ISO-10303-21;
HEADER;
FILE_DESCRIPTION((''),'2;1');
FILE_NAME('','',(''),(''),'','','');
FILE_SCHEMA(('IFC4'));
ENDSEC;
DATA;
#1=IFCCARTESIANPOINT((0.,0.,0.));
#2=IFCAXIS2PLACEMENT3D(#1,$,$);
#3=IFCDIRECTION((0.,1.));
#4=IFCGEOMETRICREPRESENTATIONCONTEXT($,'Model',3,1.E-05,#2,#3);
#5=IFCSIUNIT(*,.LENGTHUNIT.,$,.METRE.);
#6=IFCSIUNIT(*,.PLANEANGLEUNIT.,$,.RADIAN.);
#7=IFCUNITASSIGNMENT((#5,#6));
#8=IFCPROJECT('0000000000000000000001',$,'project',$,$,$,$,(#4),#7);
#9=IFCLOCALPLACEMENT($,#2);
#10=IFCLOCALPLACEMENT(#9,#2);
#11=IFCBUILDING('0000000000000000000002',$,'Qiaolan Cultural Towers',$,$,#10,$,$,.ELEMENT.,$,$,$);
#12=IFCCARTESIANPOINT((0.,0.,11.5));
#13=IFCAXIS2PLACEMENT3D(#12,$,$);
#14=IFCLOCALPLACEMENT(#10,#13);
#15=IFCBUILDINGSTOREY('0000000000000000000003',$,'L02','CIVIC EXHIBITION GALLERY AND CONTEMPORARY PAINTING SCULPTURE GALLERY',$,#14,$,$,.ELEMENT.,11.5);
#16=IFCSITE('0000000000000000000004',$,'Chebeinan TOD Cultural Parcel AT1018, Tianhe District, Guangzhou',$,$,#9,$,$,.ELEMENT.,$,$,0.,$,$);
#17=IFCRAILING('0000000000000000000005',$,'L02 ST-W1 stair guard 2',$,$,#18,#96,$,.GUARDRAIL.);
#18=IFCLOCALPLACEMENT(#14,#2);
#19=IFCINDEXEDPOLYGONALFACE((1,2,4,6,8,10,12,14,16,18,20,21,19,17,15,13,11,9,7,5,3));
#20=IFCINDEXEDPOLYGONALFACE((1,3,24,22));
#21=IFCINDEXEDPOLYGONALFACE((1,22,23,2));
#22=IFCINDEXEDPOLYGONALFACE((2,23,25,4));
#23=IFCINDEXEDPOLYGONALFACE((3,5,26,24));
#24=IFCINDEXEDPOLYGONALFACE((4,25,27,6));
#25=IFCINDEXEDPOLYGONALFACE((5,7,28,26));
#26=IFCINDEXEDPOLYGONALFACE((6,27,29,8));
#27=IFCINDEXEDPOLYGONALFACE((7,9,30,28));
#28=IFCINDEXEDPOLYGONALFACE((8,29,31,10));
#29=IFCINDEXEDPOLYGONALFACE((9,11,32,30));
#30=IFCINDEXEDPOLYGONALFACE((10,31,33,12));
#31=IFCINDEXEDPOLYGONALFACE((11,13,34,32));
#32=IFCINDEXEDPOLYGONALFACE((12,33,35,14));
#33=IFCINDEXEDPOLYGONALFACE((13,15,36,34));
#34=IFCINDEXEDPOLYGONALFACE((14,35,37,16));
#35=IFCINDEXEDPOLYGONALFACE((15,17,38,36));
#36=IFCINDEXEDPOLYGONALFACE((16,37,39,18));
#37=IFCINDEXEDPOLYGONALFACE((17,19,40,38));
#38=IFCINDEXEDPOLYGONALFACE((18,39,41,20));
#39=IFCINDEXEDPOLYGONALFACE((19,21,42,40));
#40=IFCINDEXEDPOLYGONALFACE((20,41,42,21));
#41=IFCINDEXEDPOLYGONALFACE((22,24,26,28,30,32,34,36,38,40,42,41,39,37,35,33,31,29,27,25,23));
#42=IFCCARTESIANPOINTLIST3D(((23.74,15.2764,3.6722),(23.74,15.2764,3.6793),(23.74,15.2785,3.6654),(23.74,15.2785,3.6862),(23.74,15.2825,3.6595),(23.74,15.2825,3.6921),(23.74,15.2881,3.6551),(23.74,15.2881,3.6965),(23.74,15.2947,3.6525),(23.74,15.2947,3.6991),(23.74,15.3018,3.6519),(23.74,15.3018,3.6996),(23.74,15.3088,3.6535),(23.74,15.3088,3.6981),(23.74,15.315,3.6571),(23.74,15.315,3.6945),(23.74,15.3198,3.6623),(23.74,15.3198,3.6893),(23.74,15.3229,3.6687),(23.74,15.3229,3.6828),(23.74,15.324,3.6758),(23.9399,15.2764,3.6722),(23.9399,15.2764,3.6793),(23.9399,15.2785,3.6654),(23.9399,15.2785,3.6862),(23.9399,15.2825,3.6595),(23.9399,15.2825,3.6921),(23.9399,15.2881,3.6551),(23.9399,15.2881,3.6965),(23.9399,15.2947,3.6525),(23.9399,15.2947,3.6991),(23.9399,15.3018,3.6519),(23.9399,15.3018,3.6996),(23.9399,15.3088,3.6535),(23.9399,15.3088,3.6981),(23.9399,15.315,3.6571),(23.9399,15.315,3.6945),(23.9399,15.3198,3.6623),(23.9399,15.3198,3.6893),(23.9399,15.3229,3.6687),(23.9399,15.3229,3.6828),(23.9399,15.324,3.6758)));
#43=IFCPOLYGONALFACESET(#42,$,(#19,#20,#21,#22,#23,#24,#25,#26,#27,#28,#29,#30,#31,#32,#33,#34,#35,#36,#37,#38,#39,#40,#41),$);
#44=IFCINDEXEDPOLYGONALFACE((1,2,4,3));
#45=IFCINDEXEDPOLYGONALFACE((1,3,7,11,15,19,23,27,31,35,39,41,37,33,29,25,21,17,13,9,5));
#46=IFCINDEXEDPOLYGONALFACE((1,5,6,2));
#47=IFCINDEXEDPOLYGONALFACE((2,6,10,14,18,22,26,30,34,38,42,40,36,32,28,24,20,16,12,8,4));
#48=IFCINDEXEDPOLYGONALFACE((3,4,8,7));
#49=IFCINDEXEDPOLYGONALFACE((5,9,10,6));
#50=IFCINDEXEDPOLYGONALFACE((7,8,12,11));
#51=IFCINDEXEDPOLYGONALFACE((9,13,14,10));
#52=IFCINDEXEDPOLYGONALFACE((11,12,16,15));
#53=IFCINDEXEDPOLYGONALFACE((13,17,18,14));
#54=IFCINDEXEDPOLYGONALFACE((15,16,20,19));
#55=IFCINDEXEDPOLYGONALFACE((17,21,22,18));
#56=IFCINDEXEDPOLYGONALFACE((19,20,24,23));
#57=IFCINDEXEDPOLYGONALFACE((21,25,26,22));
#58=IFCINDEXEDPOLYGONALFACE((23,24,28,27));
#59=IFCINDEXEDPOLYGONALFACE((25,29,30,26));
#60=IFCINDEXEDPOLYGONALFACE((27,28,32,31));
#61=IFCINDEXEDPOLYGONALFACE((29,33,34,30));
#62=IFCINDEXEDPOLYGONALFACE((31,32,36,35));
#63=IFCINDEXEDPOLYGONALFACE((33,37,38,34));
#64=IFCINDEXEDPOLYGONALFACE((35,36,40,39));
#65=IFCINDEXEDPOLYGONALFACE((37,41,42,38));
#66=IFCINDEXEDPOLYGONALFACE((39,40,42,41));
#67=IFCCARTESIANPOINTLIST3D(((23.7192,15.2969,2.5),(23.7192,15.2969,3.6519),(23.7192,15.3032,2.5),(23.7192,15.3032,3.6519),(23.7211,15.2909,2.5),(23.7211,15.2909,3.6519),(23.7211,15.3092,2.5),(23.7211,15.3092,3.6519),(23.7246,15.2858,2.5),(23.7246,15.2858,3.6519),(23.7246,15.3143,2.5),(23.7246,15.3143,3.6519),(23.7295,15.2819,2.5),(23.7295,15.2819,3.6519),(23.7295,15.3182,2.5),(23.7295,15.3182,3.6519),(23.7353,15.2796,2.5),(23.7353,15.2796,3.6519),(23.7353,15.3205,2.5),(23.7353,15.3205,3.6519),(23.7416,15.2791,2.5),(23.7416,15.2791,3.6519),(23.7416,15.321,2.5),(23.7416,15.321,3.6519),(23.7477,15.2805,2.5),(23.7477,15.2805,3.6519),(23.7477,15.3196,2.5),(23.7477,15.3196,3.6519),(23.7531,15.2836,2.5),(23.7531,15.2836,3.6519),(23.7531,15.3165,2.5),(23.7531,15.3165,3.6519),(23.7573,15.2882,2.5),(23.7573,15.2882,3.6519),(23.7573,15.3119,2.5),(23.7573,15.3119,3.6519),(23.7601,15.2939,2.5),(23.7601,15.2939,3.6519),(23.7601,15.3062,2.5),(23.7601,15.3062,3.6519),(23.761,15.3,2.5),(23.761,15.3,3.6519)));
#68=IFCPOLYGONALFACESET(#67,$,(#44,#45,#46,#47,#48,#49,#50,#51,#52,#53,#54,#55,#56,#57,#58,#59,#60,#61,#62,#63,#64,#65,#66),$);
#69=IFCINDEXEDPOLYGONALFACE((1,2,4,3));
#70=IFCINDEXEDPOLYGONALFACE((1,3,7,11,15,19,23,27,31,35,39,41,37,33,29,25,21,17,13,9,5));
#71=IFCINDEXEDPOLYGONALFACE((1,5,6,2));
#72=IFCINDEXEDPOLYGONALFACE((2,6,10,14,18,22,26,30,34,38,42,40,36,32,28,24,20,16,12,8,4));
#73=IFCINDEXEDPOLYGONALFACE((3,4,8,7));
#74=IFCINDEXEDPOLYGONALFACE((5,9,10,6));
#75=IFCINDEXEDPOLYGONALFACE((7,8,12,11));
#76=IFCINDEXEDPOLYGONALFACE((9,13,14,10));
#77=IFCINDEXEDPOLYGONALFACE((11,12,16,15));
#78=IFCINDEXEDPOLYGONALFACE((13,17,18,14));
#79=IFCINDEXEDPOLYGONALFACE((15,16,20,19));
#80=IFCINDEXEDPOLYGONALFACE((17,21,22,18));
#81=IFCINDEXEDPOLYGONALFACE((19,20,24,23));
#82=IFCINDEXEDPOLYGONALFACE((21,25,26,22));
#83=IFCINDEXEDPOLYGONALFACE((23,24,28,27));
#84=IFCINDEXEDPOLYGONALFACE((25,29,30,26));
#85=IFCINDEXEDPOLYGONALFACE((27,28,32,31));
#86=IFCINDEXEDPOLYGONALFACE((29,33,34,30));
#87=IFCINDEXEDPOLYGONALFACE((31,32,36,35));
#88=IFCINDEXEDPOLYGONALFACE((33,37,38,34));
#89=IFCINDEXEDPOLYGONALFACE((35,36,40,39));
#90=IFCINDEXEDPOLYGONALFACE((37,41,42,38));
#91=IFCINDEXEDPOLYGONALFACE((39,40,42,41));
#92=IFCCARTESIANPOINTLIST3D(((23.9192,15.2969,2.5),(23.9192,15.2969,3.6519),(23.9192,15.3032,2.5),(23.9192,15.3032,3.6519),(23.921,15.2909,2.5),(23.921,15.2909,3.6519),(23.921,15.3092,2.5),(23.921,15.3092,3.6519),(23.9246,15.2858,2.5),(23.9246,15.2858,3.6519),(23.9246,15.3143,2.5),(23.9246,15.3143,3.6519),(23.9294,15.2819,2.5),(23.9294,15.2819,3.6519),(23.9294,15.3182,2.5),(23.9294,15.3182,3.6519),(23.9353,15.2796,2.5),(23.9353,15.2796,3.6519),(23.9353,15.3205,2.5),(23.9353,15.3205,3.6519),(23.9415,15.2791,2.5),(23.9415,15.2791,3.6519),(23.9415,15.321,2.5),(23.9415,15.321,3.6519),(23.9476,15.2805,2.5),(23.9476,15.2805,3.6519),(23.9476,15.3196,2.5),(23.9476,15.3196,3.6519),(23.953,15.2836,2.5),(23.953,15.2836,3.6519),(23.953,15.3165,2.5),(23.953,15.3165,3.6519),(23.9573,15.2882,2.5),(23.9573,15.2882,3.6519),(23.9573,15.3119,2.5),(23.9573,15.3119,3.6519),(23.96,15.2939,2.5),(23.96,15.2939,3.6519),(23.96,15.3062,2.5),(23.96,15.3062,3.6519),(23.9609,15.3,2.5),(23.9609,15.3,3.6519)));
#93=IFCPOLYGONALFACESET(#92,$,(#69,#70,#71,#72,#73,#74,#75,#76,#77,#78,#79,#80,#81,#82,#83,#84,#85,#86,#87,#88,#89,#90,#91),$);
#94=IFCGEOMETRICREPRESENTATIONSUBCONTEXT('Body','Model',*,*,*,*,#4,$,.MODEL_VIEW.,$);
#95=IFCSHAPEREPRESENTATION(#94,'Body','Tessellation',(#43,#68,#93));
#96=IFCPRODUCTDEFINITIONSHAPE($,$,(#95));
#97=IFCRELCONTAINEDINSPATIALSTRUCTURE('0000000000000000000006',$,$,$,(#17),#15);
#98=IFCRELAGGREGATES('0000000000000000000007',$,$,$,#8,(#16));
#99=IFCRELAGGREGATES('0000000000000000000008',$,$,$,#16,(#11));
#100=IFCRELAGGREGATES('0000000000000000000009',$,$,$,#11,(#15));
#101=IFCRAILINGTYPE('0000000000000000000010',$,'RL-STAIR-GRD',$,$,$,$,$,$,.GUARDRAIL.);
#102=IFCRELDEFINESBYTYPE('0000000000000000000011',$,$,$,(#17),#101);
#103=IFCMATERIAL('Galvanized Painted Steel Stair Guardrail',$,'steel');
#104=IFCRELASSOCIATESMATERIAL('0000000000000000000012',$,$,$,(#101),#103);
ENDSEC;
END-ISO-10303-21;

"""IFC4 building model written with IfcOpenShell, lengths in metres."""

from ifc_helpers import new_model, si_unit, direction, frame, origin, origin_2d, place, context, subcontext, project, spatial, circle, extrude, material, type_object, element, save


model = new_model("IFC4")

# Units and contexts
model_context = context("Model", 3, precision=1e-05, world=origin(), true_north=direction((0.0, 1.0)))
body_context = subcontext(model_context, "Body", "Model", "MODEL_VIEW")
ifc_project = project(units=[si_unit("LENGTHUNIT", "METRE"), si_unit("PLANEANGLEUNIT", "RADIAN")], contexts=[model_context])

# Site, building, storey
site_placement = place(None, origin())
site = spatial("IfcSite", under=ifc_project, at=site_placement, Name="Chebeinan TOD Cultural Parcel AT1018, Tianhe District, Guangzhou", CompositionType="ELEMENT", RefElevation=0.0)
building_placement = place(site_placement, origin())
building = spatial("IfcBuilding", under=site, at=building_placement, Name="Qiaolan Cultural Towers", CompositionType="ELEMENT")
storey_placement = place(building_placement, frame((0.0, 0.0, 11.5)))
storey = spatial("IfcBuildingStorey", under=building, at=storey_placement, Name="L02", Description="CIVIC EXHIBITION GALLERY AND CONTEMPORARY PAINTING SCULPTURE GALLERY", CompositionType="ELEMENT", Elevation=11.5)

# Railing
ifc_material_1 = material(Name="Galvanized Painted Steel Stair Guardrail", Category="steel")
railing_type_1 = type_object("IfcRailingType", Name="RL-STAIR-GRD", PredefinedType="GUARDRAIL", material=ifc_material_1)
railing_1_placement = place(storey_placement, frame((23.74, 15.3, 2.5)))
element("IfcRailing", 1, at=railing_1_placement, inside=storey, type_object=railing_type_1, Name="L02 ST-W1 stair guard 2", PredefinedType="GUARDRAIL", context=body_context, shape_type="SweptSolid", body=[
    extrude(circle(Radius=0.0239, at=origin_2d()), frame((0.0, 0.0, 1.1758), z_axis=(1.0, 0.0, 0.0), x_axis=(0.0, 1.0, 0.0)), (0.0, 0.0, 1.0), 0.2),
    extrude(circle(Radius=0.021, at=origin_2d()), origin(), (0.0, 0.0, 1.0), 1.1519),
    extrude(circle(Radius=0.021, at=origin_2d()), frame((0.2, 0.0, 0.0)), (0.0, 0.0, 1.0), 1.1519),
])

save(model, "model.ifc")
